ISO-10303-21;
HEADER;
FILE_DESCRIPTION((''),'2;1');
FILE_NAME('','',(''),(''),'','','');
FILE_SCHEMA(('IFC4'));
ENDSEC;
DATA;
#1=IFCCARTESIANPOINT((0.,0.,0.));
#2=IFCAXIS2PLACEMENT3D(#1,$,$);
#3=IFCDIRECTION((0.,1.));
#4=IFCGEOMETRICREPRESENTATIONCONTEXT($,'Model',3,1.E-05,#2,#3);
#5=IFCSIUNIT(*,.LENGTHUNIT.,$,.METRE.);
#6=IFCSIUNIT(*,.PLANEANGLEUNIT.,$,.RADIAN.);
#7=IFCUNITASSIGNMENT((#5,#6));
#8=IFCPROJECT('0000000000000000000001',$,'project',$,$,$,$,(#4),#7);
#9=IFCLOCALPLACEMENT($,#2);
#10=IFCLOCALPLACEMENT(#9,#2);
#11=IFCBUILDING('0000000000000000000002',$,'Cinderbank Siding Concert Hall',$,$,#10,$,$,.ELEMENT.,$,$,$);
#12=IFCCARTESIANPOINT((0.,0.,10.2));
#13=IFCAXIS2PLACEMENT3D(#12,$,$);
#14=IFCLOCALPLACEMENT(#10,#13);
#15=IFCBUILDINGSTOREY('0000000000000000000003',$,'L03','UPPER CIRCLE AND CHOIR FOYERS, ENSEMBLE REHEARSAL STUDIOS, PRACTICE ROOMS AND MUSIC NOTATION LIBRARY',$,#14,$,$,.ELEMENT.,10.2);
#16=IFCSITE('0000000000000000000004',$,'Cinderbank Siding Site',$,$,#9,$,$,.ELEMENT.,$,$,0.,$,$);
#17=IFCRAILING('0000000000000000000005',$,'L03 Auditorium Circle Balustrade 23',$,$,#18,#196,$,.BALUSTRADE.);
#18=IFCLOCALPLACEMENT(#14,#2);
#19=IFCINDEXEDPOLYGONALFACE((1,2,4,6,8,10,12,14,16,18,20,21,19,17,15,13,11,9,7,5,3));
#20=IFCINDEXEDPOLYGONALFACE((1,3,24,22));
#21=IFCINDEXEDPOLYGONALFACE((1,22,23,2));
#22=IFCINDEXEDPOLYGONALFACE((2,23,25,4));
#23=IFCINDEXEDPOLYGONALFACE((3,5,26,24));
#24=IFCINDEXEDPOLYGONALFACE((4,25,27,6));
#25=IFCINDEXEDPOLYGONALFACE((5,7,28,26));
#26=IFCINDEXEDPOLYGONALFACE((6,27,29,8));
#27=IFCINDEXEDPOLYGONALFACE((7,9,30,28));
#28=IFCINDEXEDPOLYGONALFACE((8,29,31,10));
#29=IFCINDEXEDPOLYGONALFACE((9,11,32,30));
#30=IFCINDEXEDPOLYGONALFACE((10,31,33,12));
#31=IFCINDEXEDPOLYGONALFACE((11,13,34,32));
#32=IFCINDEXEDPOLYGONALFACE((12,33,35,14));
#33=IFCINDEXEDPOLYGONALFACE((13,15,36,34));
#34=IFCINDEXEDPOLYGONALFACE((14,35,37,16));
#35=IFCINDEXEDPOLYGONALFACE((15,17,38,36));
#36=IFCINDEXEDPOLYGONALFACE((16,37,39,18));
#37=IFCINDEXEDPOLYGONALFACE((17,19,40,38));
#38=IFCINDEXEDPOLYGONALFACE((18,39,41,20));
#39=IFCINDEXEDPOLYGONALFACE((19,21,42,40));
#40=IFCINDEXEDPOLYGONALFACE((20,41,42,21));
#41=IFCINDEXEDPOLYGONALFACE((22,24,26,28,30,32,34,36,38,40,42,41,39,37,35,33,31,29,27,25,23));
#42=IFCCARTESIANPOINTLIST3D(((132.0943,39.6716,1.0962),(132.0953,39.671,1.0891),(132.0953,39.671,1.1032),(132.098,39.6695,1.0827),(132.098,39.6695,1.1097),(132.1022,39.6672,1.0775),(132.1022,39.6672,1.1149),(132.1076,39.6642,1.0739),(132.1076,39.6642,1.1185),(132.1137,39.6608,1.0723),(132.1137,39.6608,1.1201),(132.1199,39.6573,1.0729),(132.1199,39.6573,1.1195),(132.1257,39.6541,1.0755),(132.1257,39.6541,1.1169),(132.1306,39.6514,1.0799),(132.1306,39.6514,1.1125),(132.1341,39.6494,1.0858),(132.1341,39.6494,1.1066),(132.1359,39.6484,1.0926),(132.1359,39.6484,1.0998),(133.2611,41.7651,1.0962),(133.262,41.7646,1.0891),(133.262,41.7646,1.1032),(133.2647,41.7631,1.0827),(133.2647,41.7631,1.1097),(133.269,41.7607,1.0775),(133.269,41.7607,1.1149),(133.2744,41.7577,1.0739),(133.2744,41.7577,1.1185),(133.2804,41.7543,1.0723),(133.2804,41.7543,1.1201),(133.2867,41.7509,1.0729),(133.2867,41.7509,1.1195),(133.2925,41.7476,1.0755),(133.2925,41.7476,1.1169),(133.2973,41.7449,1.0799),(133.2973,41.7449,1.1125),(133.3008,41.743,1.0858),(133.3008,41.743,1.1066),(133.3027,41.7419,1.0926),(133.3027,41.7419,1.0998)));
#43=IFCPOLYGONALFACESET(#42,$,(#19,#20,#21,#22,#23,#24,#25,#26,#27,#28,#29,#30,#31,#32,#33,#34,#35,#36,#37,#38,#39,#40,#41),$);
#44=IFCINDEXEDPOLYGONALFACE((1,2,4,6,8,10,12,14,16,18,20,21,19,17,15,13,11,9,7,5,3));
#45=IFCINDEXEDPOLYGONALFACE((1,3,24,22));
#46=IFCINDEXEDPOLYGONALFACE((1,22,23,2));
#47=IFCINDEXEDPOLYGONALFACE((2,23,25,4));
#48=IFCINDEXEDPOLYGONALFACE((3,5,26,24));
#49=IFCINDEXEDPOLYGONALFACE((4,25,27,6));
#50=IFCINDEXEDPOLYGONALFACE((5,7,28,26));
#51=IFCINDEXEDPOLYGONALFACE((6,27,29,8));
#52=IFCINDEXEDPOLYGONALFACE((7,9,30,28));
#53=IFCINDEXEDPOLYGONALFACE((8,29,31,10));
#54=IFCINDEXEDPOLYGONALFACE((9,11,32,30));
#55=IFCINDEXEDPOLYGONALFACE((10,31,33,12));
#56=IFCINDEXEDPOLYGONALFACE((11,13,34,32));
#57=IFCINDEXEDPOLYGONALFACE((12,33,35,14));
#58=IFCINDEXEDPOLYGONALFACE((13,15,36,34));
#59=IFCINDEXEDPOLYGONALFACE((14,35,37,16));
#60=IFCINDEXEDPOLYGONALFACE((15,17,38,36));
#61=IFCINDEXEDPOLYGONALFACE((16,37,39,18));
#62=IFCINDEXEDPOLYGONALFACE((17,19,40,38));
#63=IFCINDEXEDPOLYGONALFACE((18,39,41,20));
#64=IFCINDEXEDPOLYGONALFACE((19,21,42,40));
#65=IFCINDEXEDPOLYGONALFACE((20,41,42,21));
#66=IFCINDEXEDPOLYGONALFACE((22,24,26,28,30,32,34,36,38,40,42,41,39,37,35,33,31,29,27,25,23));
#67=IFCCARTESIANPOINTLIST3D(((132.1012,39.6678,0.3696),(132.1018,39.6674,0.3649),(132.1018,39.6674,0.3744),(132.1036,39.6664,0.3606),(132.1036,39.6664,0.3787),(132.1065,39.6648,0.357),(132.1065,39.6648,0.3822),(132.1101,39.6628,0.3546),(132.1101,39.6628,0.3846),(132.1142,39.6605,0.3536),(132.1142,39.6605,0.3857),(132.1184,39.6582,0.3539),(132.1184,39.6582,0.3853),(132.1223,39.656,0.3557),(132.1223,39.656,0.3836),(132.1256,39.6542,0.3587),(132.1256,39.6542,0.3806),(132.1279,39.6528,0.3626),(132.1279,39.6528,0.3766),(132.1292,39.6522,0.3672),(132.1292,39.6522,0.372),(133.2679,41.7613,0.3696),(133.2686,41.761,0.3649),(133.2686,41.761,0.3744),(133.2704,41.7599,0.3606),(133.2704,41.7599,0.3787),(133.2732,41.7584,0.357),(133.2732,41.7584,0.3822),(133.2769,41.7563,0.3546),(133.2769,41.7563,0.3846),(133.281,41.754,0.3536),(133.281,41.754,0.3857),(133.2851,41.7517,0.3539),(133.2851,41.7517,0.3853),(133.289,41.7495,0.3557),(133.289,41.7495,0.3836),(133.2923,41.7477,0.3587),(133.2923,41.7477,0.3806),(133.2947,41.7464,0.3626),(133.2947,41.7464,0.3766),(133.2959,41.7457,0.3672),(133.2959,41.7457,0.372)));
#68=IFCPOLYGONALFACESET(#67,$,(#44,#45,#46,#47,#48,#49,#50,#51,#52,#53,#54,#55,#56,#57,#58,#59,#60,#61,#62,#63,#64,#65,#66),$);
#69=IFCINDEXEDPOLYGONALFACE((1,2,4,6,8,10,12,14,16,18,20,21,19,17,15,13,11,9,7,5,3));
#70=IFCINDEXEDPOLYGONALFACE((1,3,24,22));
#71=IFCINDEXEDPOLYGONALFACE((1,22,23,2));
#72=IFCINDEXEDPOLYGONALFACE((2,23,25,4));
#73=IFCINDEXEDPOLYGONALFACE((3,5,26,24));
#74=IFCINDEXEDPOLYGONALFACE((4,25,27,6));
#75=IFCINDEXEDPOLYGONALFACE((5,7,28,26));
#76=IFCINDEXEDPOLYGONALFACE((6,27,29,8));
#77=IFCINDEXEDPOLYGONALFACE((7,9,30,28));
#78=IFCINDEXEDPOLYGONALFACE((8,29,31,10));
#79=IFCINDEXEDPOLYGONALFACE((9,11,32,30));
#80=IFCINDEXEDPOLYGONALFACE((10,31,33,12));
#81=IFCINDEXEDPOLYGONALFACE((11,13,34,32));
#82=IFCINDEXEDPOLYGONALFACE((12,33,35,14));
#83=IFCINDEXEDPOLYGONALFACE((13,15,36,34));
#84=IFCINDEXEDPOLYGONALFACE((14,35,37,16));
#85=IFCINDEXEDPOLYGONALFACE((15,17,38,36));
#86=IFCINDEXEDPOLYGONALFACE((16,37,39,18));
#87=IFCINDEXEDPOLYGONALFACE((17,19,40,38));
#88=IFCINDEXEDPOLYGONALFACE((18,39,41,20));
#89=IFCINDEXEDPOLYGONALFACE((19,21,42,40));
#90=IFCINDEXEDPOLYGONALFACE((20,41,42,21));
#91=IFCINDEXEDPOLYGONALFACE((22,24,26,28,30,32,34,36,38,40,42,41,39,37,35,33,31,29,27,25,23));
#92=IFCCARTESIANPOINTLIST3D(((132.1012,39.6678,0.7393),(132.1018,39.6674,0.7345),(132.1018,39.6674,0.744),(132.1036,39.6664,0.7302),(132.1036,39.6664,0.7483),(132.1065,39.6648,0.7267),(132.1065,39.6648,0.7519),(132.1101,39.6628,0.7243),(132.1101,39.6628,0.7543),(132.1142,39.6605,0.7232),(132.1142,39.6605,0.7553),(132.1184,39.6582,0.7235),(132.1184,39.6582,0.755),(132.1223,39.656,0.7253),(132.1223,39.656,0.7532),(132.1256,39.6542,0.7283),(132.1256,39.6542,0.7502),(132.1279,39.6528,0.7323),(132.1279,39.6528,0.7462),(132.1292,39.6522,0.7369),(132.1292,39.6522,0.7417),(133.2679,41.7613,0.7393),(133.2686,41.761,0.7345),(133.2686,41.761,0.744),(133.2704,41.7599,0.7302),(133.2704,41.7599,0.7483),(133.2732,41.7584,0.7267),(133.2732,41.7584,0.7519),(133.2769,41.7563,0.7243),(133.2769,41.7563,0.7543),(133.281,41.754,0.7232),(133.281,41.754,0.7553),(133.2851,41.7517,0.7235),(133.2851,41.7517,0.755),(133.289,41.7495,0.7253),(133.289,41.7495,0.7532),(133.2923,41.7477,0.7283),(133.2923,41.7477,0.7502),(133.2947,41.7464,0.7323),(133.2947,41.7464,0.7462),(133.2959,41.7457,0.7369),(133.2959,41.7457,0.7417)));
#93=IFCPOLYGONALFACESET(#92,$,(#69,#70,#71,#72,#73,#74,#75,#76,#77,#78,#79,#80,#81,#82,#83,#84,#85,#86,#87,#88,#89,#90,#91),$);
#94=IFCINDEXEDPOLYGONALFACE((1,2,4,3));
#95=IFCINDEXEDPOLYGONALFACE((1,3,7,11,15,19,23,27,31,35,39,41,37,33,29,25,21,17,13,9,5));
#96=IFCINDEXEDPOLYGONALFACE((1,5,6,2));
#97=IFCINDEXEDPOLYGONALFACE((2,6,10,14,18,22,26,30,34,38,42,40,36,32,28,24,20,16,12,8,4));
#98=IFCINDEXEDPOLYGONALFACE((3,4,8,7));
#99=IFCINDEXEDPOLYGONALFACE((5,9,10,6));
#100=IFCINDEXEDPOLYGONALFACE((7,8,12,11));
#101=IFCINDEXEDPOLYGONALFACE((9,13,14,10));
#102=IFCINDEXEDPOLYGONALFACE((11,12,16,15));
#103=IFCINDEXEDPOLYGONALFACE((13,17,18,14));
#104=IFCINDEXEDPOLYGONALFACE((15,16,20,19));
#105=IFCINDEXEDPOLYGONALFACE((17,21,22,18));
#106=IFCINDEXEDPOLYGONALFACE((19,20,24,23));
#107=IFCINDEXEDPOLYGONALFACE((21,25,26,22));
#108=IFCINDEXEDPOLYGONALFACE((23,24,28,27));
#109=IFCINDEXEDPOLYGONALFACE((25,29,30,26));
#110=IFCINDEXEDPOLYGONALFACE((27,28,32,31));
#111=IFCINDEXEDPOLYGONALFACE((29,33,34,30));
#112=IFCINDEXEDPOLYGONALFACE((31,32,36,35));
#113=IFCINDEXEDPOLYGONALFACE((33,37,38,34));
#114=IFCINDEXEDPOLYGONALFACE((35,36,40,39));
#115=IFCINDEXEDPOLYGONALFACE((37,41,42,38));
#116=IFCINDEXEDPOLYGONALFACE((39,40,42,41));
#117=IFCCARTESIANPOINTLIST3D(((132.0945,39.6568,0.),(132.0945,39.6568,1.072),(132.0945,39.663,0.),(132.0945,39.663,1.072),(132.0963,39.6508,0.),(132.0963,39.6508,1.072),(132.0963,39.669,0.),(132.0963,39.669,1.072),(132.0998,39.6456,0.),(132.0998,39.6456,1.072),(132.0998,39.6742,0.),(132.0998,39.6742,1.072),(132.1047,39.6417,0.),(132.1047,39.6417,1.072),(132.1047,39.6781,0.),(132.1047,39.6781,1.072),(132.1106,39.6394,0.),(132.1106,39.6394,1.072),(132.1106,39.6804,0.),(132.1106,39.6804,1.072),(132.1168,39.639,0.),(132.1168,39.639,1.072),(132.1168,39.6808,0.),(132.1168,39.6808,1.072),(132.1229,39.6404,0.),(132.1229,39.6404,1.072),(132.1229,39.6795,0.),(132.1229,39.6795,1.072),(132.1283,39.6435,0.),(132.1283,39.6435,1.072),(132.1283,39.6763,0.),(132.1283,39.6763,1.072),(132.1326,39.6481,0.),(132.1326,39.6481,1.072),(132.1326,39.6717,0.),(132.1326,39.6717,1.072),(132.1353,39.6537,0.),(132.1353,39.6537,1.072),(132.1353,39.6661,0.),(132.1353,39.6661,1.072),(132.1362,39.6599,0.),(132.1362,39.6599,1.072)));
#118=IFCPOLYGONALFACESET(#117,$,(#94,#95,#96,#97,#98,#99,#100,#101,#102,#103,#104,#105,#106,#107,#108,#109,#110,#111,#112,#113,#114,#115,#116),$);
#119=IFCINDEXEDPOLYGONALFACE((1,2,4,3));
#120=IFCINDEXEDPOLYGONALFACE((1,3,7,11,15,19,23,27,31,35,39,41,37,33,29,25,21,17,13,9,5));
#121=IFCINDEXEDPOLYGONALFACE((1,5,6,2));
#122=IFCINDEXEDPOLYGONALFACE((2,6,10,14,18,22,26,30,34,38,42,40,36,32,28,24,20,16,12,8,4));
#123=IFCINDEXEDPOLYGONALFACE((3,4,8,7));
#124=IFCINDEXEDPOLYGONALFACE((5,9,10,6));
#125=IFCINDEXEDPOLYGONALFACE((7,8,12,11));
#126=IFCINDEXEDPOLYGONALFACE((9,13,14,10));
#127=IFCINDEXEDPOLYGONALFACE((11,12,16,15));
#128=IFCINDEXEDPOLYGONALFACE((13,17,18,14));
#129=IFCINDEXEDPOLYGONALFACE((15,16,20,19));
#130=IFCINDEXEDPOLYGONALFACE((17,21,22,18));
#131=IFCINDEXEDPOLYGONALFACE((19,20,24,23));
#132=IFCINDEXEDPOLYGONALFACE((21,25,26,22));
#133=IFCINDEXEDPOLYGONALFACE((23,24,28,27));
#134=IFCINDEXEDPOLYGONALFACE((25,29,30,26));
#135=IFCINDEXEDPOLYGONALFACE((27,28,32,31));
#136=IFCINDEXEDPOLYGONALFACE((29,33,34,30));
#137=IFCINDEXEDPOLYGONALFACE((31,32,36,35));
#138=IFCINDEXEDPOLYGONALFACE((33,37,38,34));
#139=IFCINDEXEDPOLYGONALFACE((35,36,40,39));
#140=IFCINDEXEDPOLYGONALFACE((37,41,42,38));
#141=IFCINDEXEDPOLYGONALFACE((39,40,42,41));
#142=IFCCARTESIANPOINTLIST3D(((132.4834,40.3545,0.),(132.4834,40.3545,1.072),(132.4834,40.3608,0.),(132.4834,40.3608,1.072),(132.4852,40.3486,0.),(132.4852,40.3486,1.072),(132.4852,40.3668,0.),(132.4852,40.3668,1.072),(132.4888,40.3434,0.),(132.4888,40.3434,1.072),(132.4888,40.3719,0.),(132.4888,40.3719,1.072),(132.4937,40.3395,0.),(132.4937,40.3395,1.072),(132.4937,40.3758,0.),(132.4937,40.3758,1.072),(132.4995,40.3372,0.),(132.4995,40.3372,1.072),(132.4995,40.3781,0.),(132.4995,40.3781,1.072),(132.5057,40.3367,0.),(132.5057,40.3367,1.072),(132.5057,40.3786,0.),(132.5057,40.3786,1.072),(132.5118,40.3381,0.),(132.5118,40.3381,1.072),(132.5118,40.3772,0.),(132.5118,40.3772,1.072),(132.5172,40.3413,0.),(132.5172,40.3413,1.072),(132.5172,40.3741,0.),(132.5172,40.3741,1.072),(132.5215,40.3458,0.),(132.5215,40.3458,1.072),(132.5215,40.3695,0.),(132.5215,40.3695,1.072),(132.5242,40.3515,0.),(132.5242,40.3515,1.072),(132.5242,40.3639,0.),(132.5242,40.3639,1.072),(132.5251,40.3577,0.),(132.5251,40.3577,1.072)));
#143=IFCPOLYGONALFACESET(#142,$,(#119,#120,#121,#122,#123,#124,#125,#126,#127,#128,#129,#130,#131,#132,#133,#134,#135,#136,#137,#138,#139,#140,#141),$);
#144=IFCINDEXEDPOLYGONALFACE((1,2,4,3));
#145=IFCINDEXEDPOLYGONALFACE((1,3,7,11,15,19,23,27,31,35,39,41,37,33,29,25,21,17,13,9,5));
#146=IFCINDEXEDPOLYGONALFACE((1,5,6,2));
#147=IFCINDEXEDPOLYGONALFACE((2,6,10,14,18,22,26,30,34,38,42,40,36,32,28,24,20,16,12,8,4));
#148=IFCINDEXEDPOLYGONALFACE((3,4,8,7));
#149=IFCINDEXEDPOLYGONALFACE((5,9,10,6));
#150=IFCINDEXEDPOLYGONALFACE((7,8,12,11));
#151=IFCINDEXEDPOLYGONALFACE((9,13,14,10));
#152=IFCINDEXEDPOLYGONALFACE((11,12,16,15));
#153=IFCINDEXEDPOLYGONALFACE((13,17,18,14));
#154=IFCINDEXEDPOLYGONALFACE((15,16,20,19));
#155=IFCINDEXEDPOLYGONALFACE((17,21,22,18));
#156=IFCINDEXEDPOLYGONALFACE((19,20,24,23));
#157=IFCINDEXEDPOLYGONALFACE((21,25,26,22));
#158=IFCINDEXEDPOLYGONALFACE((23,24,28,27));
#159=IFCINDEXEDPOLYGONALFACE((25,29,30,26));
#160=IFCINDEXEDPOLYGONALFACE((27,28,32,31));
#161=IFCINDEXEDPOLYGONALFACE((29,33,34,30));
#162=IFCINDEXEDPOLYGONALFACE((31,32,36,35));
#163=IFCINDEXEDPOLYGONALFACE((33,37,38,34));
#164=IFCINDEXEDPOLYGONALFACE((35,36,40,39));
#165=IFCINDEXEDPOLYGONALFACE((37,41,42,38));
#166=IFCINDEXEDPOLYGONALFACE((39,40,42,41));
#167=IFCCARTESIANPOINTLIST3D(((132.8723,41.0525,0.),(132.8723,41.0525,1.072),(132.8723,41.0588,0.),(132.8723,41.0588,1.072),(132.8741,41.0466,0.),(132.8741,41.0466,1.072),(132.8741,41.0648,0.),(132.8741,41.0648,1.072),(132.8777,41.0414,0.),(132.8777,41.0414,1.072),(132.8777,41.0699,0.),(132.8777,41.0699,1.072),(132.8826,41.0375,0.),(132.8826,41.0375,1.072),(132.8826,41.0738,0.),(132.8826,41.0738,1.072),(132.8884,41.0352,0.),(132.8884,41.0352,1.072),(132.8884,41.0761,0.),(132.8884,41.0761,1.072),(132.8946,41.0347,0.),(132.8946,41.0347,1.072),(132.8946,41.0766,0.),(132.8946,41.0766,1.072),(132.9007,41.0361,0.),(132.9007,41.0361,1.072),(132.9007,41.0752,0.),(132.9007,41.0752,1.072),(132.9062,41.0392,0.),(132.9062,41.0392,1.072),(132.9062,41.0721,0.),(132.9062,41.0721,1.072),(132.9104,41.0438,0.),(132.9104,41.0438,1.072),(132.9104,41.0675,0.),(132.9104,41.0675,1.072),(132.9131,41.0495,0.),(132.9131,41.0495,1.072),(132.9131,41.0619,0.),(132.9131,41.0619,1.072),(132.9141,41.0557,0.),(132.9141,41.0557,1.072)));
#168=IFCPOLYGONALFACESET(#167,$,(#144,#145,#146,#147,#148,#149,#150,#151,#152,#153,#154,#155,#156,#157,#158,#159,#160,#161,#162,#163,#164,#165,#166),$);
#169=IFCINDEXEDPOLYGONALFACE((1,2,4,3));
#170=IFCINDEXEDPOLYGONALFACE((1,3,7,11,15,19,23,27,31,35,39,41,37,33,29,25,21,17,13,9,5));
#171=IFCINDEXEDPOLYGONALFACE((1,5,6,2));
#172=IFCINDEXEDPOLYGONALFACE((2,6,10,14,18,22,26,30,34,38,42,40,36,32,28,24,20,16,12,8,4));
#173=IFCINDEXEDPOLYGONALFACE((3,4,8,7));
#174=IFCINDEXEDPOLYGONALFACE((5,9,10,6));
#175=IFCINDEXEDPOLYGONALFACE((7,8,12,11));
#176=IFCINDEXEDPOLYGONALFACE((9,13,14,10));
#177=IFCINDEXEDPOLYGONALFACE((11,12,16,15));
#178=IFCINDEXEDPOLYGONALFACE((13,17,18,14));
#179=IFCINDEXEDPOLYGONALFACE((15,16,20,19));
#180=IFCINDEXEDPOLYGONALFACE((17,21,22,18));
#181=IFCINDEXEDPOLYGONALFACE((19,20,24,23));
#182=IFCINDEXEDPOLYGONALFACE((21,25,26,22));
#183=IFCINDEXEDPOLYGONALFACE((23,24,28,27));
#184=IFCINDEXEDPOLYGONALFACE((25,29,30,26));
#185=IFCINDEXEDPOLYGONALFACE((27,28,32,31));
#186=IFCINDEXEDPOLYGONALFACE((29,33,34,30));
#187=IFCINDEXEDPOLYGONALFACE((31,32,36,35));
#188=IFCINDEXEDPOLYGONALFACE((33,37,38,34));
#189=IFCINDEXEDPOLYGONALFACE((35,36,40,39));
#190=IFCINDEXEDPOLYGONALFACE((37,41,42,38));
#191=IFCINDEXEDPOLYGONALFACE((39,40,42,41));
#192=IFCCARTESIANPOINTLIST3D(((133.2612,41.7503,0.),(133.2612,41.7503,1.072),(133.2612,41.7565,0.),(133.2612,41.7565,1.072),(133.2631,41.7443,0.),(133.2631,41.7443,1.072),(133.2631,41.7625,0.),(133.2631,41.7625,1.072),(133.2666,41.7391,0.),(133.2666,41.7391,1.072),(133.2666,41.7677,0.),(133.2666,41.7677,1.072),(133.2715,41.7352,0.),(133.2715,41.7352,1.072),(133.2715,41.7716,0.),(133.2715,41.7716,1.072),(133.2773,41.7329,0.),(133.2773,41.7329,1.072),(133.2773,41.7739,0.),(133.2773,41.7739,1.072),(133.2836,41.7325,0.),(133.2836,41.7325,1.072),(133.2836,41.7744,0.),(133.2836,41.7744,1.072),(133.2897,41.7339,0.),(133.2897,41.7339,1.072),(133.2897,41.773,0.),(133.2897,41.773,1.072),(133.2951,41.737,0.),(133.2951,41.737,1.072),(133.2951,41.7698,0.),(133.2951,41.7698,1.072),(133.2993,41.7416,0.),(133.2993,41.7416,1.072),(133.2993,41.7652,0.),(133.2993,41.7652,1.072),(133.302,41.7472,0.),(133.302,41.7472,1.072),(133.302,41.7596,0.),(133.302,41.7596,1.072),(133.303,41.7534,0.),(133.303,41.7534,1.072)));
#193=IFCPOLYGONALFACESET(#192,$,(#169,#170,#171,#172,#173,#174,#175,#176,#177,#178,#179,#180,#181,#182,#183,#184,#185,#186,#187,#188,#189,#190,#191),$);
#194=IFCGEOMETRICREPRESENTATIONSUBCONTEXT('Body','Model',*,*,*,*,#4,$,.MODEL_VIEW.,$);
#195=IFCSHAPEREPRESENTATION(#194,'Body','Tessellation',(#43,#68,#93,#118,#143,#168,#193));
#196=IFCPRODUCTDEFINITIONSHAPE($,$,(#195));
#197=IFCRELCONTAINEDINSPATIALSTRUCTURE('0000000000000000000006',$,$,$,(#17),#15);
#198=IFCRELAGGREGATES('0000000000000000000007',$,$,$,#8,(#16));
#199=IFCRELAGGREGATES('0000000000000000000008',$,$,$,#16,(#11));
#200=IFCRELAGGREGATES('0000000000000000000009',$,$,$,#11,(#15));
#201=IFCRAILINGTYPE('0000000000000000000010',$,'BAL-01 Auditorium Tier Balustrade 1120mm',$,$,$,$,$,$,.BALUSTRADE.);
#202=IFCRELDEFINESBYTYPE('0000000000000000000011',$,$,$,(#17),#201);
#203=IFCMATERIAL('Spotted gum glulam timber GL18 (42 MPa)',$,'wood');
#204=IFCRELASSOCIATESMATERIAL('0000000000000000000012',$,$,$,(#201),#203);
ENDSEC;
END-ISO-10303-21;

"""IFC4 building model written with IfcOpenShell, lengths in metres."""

from ifc_helpers import new_model, si_unit, direction, frame, origin, origin_2d, place, context, subcontext, project, spatial, circle, extrude, material, type_object, element, save


model = new_model("IFC4")

# Units and contexts
model_context = context("Model", 3, precision=1e-05, world=origin(), true_north=direction((0.0, 1.0)))
body_context = subcontext(model_context, "Body", "Model", "MODEL_VIEW")
ifc_project = project(units=[si_unit("LENGTHUNIT", "METRE"), si_unit("PLANEANGLEUNIT", "RADIAN")], contexts=[model_context])

# Site, building, storey
site_placement = place(None, origin())
site = spatial("IfcSite", under=ifc_project, at=site_placement, Name="Cinderbank Siding Site", CompositionType="ELEMENT", RefElevation=0.0)
building_placement = place(site_placement, origin())
building = spatial("IfcBuilding", under=site, at=building_placement, Name="Cinderbank Siding Concert Hall", CompositionType="ELEMENT")
storey_placement = place(building_placement, frame((0.0, 0.0, 10.2)))
storey = spatial("IfcBuildingStorey", under=building, at=storey_placement, Name="L03", Description="UPPER CIRCLE AND CHOIR FOYERS, ENSEMBLE REHEARSAL STUDIOS, PRACTICE ROOMS AND MUSIC NOTATION LIBRARY", CompositionType="ELEMENT", Elevation=10.2)

# Shared definitions
ifc_material_1 = material(Name="Spotted gum glulam timber GL18 (42 MPa)", Category="wood")

# Railing
railing_type = type_object("IfcRailingType", Name="BAL-01 Auditorium Tier Balustrade 1120mm", PredefinedType="BALUSTRADE", material=ifc_material_1)
railing_1_placement = place(storey_placement, frame((132.1152, 39.6599, 0.0)))
element("IfcRailing", 1, at=railing_1_placement, inside=storey, type_object=railing_type, Name="L03 Auditorium Circle Balustrade 23", PredefinedType="BALUSTRADE", context=body_context, shape_type="SweptSolid", body=[
    extrude(circle(Radius=0.0239, at=origin_2d()), frame((0.0, 0.0, 1.0962), z_axis=(0.486819, 0.873503, 0.0), x_axis=(-0.873503, 0.486819, 0.0)), (0.0, 0.0, 1.0), 2.3967),
    extrude(circle(Radius=0.0161, at=origin_2d()), frame((0.0, 0.0, 0.3696), z_axis=(0.486819, 0.873503, 0.0), x_axis=(-0.873503, 0.486819, 0.0)), (0.0, 0.0, 1.0), 2.3967),
    extrude(circle(Radius=0.0161, at=origin_2d()), frame((0.0, 0.0, 0.7393), z_axis=(0.486819, 0.873503, 0.0), x_axis=(-0.873503, 0.486819, 0.0)), (0.0, 0.0, 1.0), 2.3967),
    extrude(circle(Radius=0.021, at=origin_2d()), origin(), (0.0, 0.0, 1.0), 1.072),
    extrude(circle(Radius=0.021, at=origin_2d()), frame((0.3889, 0.6978, 0.0)), (0.0, 0.0, 1.0), 1.072),
    extrude(circle(Radius=0.021, at=origin_2d()), frame((0.7778, 1.3958, 0.0)), (0.0, 0.0, 1.0), 1.072),
    extrude(circle(Radius=0.021, at=origin_2d()), frame((1.1667, 2.0935, 0.0)), (0.0, 0.0, 1.0), 1.072),
])

save(model, "model.ifc")
